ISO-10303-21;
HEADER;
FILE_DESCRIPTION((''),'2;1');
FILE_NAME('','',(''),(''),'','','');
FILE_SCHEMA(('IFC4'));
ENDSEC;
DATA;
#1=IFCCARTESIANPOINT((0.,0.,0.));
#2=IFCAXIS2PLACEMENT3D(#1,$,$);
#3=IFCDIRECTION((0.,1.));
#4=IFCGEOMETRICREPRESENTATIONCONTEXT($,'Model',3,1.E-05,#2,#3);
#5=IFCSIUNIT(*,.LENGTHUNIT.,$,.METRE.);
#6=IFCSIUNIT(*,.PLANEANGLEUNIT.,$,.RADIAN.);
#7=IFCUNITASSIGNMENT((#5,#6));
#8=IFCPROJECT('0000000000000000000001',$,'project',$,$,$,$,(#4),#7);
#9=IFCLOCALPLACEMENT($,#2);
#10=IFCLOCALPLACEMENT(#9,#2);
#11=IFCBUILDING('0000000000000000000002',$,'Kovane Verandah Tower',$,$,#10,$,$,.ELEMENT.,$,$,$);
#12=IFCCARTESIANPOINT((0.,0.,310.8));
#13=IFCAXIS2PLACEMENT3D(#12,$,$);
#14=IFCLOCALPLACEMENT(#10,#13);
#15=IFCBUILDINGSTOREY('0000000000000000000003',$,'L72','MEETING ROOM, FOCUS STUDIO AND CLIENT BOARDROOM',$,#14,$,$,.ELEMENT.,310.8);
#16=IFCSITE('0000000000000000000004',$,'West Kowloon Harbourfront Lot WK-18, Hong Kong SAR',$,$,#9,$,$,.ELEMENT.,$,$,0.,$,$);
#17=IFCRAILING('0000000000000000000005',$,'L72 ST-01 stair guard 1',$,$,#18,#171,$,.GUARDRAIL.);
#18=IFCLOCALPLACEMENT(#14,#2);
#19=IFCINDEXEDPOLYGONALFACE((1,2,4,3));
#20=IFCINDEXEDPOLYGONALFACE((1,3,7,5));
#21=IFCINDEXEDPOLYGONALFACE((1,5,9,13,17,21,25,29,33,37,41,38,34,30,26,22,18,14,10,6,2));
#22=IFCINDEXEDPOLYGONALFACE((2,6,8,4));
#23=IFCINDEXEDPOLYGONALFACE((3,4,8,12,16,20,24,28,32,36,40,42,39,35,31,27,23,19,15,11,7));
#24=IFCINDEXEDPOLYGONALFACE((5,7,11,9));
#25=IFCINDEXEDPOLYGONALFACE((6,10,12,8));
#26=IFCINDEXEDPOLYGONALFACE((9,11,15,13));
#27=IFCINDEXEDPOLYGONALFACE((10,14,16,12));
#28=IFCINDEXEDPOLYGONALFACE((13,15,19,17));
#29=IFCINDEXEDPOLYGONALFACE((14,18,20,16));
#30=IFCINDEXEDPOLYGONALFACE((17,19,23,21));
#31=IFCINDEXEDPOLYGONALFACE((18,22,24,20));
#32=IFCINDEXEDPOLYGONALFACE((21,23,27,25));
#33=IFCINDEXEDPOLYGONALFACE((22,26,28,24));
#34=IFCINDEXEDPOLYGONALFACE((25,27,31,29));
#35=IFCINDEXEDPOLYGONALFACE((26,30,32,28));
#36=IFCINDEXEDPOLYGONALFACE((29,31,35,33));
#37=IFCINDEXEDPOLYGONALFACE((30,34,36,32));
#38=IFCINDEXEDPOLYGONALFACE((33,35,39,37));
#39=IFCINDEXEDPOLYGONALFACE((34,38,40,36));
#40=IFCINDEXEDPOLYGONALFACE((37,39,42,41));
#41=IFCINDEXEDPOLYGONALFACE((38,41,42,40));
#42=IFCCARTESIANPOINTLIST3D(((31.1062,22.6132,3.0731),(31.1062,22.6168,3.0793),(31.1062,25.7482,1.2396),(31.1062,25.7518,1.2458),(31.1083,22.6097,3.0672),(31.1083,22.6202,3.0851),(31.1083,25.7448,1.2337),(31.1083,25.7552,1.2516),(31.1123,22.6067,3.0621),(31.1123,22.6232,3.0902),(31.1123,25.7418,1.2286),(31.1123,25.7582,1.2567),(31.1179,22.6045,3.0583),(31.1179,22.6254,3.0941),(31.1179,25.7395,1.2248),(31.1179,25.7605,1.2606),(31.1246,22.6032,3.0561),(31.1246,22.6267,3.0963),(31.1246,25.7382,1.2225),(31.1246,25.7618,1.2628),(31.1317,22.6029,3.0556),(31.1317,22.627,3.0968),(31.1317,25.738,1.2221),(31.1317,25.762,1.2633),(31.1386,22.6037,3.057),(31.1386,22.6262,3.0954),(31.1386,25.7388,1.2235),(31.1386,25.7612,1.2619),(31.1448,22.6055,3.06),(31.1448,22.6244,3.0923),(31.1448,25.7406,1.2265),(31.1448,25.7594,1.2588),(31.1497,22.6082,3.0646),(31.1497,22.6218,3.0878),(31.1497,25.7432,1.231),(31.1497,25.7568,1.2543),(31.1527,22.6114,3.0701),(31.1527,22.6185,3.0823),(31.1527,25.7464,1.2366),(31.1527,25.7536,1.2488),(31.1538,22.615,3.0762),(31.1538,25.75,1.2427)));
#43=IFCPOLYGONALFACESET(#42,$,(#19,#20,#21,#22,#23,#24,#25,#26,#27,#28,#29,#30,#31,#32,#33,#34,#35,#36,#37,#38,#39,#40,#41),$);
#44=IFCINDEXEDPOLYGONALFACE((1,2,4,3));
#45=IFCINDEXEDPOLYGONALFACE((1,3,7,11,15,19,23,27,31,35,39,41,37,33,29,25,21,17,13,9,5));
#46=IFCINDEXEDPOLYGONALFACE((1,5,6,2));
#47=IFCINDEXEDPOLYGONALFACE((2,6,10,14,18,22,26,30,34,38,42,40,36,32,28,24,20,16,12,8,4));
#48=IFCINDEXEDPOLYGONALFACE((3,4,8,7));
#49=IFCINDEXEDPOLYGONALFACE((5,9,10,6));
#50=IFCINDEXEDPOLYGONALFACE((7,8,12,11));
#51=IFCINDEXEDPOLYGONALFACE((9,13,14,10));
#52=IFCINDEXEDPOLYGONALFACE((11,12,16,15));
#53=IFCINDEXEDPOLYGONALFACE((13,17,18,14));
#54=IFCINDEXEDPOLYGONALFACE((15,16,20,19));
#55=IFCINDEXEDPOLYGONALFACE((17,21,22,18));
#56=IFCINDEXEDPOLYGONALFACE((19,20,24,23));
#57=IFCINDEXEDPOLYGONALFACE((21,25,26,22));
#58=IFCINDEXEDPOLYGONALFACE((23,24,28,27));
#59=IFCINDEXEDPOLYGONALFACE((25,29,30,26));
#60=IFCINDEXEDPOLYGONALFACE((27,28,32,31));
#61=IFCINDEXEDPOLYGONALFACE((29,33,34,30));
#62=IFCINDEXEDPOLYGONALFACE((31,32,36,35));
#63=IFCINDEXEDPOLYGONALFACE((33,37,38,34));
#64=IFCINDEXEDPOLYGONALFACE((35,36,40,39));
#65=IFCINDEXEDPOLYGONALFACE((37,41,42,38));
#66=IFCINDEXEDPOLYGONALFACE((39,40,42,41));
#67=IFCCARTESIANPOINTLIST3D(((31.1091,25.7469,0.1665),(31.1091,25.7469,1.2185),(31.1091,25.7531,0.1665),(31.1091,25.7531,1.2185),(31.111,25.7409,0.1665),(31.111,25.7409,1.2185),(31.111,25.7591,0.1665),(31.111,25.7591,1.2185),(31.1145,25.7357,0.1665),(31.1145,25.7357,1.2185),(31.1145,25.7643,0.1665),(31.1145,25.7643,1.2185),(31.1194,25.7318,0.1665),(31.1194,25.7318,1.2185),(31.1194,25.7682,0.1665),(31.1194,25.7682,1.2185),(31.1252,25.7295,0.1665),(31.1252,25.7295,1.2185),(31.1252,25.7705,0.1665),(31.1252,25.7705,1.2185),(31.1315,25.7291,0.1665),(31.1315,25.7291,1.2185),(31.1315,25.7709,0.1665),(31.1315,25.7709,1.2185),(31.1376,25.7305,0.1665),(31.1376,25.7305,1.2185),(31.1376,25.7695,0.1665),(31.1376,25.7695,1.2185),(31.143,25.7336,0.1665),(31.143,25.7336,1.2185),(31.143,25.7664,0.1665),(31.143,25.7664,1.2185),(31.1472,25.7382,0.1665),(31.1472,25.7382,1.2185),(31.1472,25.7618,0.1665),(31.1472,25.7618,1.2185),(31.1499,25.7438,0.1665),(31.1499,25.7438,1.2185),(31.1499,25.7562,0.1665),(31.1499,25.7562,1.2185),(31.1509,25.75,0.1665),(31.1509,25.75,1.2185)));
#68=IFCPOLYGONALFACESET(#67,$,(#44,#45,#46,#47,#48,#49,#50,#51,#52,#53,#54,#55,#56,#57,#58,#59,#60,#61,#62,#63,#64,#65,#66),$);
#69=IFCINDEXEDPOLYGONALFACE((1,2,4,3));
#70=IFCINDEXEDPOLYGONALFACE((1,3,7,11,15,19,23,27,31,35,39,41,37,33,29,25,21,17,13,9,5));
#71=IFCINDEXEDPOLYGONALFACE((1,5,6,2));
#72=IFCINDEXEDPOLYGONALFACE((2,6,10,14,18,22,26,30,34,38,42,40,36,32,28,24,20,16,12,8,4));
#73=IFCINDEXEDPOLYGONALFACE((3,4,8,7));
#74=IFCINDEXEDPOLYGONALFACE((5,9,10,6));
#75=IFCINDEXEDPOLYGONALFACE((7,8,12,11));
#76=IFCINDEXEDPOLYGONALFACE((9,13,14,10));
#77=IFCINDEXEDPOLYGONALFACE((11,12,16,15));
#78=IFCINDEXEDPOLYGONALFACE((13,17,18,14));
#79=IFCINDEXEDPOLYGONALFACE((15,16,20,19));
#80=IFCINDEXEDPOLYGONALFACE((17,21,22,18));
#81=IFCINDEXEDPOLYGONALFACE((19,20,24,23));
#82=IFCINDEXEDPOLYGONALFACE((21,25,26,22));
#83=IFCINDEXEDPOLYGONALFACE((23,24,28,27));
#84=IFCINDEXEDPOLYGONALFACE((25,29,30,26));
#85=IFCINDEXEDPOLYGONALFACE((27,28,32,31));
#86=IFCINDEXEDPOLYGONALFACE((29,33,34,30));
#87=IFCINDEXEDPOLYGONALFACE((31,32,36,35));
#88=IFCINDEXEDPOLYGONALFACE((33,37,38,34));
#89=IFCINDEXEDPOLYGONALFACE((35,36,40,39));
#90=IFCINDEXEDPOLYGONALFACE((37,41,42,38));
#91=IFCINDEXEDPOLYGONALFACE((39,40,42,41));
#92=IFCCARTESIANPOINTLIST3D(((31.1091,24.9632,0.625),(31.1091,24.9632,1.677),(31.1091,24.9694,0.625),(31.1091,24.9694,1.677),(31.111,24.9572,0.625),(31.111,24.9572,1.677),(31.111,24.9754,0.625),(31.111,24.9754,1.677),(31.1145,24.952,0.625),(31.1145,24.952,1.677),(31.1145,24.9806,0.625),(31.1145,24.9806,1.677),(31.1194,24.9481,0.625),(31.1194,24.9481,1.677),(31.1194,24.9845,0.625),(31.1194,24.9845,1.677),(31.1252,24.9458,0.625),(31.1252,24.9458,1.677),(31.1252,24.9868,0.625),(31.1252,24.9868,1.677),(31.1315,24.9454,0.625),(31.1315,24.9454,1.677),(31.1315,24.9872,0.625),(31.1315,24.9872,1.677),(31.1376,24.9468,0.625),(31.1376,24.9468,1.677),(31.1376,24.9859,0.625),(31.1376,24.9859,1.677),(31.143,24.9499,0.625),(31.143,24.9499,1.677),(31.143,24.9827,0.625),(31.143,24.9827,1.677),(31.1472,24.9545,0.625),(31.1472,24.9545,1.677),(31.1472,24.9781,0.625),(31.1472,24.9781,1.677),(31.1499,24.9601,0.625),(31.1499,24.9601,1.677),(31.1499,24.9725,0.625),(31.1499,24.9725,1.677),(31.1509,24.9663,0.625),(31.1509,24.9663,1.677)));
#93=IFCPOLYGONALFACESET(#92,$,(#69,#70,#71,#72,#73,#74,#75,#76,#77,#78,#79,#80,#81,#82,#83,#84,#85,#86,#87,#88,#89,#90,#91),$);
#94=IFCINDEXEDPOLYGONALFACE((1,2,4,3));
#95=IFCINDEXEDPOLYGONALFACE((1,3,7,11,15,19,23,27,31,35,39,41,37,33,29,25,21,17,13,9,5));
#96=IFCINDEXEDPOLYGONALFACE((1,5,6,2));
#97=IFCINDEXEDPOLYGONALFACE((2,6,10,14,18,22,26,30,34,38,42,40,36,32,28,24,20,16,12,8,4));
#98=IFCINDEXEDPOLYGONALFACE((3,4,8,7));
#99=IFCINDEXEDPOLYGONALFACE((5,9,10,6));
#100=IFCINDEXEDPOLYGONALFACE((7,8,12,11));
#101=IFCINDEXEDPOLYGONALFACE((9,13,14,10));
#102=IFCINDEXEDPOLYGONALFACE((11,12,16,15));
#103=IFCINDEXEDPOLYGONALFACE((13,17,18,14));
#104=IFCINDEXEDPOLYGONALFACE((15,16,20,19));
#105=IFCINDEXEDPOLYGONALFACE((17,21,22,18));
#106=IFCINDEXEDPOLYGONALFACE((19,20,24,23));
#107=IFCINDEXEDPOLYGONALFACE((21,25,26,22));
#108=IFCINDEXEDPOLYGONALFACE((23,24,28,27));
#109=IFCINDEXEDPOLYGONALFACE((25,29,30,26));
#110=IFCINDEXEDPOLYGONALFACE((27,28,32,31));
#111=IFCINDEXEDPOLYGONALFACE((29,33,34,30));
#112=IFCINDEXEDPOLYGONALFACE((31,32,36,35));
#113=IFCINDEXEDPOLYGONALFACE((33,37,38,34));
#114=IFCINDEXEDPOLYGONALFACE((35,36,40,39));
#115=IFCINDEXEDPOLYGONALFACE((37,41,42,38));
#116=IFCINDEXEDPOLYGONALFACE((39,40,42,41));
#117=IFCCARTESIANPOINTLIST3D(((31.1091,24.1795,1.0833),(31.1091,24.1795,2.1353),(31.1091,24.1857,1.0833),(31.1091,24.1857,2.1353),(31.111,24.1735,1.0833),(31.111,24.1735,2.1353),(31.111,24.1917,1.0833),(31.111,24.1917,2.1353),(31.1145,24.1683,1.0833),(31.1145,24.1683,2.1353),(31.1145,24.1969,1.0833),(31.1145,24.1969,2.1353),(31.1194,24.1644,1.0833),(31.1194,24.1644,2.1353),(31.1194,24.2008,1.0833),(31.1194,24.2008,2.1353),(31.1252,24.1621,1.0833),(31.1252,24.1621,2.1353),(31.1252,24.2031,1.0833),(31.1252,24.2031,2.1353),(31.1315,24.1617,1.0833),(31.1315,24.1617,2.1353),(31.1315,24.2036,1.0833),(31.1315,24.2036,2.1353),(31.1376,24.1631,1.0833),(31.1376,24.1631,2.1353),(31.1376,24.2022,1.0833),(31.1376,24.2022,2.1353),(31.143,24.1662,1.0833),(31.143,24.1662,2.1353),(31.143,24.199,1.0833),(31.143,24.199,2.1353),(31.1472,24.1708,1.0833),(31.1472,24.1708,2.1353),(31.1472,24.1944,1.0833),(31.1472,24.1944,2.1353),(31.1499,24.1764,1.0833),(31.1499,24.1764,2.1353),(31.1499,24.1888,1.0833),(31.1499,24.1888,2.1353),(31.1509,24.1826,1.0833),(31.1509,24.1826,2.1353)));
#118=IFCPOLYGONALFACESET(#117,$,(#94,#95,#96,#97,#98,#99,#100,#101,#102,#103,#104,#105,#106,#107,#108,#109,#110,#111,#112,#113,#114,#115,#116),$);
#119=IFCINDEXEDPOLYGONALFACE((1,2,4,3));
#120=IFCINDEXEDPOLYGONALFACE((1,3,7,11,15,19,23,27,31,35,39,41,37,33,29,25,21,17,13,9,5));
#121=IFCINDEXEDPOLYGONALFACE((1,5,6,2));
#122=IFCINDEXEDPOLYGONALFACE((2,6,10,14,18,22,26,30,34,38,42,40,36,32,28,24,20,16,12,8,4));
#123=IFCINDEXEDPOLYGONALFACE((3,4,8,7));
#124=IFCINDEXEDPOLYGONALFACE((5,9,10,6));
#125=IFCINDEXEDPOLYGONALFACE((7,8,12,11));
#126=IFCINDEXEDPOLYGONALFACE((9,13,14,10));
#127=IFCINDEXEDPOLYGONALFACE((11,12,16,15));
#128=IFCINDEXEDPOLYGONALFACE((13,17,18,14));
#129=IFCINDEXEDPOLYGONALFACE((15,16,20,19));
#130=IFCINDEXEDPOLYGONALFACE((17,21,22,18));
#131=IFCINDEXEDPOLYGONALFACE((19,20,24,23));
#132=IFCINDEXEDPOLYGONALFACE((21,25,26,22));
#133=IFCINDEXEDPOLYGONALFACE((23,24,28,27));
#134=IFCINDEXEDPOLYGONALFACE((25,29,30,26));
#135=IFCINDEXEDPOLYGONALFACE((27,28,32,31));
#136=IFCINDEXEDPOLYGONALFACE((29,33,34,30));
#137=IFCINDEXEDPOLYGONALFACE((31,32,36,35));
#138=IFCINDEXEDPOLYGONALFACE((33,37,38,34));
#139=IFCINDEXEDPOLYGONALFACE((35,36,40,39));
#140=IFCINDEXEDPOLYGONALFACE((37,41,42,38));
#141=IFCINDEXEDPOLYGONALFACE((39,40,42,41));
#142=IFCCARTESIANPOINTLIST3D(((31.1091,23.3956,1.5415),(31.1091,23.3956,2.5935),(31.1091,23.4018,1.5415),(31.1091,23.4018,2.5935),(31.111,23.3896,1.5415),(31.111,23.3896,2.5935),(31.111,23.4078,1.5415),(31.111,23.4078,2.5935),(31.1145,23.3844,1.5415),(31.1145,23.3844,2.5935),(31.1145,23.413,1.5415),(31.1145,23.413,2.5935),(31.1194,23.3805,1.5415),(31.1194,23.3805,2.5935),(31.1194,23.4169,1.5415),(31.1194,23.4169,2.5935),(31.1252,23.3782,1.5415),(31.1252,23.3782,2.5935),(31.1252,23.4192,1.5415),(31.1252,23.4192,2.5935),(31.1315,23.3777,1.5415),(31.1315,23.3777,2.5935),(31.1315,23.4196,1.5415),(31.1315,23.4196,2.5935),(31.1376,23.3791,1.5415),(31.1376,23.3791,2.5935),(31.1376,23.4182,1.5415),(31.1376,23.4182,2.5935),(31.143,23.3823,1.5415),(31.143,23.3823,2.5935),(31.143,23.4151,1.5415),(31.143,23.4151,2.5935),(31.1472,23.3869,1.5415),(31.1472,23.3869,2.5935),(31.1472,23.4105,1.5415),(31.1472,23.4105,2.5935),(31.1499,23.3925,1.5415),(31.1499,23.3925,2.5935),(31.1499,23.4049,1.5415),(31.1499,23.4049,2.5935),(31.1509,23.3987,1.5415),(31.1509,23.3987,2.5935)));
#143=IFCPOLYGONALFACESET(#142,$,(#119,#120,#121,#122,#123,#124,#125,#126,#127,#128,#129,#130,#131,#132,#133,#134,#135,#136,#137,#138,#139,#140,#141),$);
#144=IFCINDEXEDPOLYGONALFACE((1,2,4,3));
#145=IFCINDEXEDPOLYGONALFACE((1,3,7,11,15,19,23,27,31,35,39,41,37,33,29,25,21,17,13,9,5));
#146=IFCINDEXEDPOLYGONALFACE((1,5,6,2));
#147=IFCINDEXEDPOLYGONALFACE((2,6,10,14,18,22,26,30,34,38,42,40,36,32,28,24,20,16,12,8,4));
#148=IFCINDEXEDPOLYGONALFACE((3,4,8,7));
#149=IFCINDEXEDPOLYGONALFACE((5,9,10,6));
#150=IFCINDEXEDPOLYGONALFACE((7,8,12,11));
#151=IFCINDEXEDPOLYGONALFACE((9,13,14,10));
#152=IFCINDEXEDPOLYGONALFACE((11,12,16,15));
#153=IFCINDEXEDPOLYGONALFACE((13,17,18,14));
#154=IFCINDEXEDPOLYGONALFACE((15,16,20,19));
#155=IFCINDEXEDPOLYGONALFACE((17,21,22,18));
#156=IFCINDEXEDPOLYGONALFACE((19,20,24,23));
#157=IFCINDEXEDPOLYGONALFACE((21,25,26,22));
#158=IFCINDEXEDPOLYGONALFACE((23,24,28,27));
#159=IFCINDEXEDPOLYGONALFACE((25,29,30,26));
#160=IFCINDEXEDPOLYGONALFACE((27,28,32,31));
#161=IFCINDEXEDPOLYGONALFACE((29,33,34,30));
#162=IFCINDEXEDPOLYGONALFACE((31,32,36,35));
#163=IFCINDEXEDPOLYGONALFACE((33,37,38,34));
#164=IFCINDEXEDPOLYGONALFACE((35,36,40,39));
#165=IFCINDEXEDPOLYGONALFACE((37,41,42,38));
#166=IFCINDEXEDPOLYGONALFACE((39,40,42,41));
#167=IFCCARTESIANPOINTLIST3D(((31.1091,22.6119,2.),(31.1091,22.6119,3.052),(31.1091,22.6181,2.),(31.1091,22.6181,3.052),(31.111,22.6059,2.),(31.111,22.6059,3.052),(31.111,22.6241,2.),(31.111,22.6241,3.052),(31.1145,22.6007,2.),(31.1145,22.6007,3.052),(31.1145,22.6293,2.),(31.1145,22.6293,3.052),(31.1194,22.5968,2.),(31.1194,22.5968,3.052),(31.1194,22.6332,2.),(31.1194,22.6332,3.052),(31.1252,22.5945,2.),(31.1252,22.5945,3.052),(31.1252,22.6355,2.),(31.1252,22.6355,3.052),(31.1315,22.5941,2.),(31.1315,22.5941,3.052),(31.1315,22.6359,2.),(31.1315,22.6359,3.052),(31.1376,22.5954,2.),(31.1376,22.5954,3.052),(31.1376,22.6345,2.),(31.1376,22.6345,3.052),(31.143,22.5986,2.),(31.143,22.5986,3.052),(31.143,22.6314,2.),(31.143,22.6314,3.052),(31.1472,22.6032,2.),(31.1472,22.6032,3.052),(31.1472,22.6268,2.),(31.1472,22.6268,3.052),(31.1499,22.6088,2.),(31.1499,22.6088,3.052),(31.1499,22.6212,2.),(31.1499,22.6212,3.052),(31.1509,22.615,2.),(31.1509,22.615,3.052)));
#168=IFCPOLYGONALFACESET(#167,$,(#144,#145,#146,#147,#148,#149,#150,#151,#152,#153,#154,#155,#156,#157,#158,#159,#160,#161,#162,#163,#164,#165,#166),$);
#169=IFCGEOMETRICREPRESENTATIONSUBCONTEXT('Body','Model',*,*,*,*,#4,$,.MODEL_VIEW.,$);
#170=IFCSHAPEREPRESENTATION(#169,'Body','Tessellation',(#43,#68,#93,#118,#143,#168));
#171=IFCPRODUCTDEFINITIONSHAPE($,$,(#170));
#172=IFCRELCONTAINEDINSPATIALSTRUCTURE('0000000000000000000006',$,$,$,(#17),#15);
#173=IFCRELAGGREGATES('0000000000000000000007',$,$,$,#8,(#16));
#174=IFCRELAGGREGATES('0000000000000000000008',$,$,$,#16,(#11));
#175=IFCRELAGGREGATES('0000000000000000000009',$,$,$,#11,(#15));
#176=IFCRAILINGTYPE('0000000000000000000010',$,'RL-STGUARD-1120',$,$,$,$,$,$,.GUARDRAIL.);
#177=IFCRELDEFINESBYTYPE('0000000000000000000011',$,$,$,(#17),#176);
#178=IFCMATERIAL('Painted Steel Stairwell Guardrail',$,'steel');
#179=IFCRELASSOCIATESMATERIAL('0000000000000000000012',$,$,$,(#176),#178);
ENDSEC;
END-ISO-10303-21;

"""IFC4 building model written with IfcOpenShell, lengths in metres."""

from ifc_helpers import new_model, si_unit, direction, frame, origin, origin_2d, place, context, subcontext, project, spatial, circle, extrude, material, type_object, element, save


model = new_model("IFC4")

# Units and contexts
model_context = context("Model", 3, precision=1e-05, world=origin(), true_north=direction((0.0, 1.0)))
body_context = subcontext(model_context, "Body", "Model", "MODEL_VIEW")
ifc_project = project(units=[si_unit("LENGTHUNIT", "METRE"), si_unit("PLANEANGLEUNIT", "RADIAN")], contexts=[model_context])

# Site, building, storey
site_placement = place(None, origin())
site = spatial("IfcSite", under=ifc_project, at=site_placement, Name="West Kowloon Harbourfront Lot WK-18, Hong Kong SAR", CompositionType="ELEMENT", RefElevation=0.0)
building_placement = place(site_placement, origin())
building = spatial("IfcBuilding", under=site, at=building_placement, Name="Kovane Verandah Tower", CompositionType="ELEMENT")
storey_placement = place(building_placement, frame((0.0, 0.0, 310.8)))
storey = spatial("IfcBuildingStorey", under=building, at=storey_placement, Name="L72", Description="MEETING ROOM, FOCUS STUDIO AND CLIENT BOARDROOM", CompositionType="ELEMENT", Elevation=310.8)

# Railing
ifc_material_1 = material(Name="Painted Steel Stairwell Guardrail", Category="steel")
railing_type_1 = type_object("IfcRailingType", Name="RL-STGUARD-1120", PredefinedType="GUARDRAIL", material=ifc_material_1)
railing_1_placement = place(storey_placement, frame((31.1299, 25.75, 0.1665)))
element("IfcRailing", 1, at=railing_1_placement, inside=storey, type_object=railing_type_1, Name="L72 ST-01 stair guard 1", PredefinedType="GUARDRAIL", context=body_context, shape_type="SweptSolid", body=[
    extrude(circle(Radius=0.0239, at=origin_2d()), frame((0.0, 0.0, 1.0762), z_axis=(0.0, -0.86321, 0.504845), x_axis=(1.0, 0.0, 0.0)), (0.0, 0.0, 1.0), 3.6318),
    extrude(circle(Radius=0.021, at=origin_2d()), origin(), (0.0, 0.0, 1.0), 1.052),
    extrude(circle(Radius=0.021, at=origin_2d()), frame((0.0, -0.7837, 0.4585)), (0.0, 0.0, 1.0), 1.052),
    extrude(circle(Radius=0.021, at=origin_2d()), frame((0.0, -1.5674, 0.9167)), (0.0, 0.0, 1.0), 1.052),
    extrude(circle(Radius=0.021, at=origin_2d()), frame((0.0, -2.3513, 1.375)), (0.0, 0.0, 1.0), 1.052),
    extrude(circle(Radius=0.021, at=origin_2d()), frame((0.0, -3.135, 1.8335)), (0.0, 0.0, 1.0), 1.052),
])

save(model, "model.ifc")
